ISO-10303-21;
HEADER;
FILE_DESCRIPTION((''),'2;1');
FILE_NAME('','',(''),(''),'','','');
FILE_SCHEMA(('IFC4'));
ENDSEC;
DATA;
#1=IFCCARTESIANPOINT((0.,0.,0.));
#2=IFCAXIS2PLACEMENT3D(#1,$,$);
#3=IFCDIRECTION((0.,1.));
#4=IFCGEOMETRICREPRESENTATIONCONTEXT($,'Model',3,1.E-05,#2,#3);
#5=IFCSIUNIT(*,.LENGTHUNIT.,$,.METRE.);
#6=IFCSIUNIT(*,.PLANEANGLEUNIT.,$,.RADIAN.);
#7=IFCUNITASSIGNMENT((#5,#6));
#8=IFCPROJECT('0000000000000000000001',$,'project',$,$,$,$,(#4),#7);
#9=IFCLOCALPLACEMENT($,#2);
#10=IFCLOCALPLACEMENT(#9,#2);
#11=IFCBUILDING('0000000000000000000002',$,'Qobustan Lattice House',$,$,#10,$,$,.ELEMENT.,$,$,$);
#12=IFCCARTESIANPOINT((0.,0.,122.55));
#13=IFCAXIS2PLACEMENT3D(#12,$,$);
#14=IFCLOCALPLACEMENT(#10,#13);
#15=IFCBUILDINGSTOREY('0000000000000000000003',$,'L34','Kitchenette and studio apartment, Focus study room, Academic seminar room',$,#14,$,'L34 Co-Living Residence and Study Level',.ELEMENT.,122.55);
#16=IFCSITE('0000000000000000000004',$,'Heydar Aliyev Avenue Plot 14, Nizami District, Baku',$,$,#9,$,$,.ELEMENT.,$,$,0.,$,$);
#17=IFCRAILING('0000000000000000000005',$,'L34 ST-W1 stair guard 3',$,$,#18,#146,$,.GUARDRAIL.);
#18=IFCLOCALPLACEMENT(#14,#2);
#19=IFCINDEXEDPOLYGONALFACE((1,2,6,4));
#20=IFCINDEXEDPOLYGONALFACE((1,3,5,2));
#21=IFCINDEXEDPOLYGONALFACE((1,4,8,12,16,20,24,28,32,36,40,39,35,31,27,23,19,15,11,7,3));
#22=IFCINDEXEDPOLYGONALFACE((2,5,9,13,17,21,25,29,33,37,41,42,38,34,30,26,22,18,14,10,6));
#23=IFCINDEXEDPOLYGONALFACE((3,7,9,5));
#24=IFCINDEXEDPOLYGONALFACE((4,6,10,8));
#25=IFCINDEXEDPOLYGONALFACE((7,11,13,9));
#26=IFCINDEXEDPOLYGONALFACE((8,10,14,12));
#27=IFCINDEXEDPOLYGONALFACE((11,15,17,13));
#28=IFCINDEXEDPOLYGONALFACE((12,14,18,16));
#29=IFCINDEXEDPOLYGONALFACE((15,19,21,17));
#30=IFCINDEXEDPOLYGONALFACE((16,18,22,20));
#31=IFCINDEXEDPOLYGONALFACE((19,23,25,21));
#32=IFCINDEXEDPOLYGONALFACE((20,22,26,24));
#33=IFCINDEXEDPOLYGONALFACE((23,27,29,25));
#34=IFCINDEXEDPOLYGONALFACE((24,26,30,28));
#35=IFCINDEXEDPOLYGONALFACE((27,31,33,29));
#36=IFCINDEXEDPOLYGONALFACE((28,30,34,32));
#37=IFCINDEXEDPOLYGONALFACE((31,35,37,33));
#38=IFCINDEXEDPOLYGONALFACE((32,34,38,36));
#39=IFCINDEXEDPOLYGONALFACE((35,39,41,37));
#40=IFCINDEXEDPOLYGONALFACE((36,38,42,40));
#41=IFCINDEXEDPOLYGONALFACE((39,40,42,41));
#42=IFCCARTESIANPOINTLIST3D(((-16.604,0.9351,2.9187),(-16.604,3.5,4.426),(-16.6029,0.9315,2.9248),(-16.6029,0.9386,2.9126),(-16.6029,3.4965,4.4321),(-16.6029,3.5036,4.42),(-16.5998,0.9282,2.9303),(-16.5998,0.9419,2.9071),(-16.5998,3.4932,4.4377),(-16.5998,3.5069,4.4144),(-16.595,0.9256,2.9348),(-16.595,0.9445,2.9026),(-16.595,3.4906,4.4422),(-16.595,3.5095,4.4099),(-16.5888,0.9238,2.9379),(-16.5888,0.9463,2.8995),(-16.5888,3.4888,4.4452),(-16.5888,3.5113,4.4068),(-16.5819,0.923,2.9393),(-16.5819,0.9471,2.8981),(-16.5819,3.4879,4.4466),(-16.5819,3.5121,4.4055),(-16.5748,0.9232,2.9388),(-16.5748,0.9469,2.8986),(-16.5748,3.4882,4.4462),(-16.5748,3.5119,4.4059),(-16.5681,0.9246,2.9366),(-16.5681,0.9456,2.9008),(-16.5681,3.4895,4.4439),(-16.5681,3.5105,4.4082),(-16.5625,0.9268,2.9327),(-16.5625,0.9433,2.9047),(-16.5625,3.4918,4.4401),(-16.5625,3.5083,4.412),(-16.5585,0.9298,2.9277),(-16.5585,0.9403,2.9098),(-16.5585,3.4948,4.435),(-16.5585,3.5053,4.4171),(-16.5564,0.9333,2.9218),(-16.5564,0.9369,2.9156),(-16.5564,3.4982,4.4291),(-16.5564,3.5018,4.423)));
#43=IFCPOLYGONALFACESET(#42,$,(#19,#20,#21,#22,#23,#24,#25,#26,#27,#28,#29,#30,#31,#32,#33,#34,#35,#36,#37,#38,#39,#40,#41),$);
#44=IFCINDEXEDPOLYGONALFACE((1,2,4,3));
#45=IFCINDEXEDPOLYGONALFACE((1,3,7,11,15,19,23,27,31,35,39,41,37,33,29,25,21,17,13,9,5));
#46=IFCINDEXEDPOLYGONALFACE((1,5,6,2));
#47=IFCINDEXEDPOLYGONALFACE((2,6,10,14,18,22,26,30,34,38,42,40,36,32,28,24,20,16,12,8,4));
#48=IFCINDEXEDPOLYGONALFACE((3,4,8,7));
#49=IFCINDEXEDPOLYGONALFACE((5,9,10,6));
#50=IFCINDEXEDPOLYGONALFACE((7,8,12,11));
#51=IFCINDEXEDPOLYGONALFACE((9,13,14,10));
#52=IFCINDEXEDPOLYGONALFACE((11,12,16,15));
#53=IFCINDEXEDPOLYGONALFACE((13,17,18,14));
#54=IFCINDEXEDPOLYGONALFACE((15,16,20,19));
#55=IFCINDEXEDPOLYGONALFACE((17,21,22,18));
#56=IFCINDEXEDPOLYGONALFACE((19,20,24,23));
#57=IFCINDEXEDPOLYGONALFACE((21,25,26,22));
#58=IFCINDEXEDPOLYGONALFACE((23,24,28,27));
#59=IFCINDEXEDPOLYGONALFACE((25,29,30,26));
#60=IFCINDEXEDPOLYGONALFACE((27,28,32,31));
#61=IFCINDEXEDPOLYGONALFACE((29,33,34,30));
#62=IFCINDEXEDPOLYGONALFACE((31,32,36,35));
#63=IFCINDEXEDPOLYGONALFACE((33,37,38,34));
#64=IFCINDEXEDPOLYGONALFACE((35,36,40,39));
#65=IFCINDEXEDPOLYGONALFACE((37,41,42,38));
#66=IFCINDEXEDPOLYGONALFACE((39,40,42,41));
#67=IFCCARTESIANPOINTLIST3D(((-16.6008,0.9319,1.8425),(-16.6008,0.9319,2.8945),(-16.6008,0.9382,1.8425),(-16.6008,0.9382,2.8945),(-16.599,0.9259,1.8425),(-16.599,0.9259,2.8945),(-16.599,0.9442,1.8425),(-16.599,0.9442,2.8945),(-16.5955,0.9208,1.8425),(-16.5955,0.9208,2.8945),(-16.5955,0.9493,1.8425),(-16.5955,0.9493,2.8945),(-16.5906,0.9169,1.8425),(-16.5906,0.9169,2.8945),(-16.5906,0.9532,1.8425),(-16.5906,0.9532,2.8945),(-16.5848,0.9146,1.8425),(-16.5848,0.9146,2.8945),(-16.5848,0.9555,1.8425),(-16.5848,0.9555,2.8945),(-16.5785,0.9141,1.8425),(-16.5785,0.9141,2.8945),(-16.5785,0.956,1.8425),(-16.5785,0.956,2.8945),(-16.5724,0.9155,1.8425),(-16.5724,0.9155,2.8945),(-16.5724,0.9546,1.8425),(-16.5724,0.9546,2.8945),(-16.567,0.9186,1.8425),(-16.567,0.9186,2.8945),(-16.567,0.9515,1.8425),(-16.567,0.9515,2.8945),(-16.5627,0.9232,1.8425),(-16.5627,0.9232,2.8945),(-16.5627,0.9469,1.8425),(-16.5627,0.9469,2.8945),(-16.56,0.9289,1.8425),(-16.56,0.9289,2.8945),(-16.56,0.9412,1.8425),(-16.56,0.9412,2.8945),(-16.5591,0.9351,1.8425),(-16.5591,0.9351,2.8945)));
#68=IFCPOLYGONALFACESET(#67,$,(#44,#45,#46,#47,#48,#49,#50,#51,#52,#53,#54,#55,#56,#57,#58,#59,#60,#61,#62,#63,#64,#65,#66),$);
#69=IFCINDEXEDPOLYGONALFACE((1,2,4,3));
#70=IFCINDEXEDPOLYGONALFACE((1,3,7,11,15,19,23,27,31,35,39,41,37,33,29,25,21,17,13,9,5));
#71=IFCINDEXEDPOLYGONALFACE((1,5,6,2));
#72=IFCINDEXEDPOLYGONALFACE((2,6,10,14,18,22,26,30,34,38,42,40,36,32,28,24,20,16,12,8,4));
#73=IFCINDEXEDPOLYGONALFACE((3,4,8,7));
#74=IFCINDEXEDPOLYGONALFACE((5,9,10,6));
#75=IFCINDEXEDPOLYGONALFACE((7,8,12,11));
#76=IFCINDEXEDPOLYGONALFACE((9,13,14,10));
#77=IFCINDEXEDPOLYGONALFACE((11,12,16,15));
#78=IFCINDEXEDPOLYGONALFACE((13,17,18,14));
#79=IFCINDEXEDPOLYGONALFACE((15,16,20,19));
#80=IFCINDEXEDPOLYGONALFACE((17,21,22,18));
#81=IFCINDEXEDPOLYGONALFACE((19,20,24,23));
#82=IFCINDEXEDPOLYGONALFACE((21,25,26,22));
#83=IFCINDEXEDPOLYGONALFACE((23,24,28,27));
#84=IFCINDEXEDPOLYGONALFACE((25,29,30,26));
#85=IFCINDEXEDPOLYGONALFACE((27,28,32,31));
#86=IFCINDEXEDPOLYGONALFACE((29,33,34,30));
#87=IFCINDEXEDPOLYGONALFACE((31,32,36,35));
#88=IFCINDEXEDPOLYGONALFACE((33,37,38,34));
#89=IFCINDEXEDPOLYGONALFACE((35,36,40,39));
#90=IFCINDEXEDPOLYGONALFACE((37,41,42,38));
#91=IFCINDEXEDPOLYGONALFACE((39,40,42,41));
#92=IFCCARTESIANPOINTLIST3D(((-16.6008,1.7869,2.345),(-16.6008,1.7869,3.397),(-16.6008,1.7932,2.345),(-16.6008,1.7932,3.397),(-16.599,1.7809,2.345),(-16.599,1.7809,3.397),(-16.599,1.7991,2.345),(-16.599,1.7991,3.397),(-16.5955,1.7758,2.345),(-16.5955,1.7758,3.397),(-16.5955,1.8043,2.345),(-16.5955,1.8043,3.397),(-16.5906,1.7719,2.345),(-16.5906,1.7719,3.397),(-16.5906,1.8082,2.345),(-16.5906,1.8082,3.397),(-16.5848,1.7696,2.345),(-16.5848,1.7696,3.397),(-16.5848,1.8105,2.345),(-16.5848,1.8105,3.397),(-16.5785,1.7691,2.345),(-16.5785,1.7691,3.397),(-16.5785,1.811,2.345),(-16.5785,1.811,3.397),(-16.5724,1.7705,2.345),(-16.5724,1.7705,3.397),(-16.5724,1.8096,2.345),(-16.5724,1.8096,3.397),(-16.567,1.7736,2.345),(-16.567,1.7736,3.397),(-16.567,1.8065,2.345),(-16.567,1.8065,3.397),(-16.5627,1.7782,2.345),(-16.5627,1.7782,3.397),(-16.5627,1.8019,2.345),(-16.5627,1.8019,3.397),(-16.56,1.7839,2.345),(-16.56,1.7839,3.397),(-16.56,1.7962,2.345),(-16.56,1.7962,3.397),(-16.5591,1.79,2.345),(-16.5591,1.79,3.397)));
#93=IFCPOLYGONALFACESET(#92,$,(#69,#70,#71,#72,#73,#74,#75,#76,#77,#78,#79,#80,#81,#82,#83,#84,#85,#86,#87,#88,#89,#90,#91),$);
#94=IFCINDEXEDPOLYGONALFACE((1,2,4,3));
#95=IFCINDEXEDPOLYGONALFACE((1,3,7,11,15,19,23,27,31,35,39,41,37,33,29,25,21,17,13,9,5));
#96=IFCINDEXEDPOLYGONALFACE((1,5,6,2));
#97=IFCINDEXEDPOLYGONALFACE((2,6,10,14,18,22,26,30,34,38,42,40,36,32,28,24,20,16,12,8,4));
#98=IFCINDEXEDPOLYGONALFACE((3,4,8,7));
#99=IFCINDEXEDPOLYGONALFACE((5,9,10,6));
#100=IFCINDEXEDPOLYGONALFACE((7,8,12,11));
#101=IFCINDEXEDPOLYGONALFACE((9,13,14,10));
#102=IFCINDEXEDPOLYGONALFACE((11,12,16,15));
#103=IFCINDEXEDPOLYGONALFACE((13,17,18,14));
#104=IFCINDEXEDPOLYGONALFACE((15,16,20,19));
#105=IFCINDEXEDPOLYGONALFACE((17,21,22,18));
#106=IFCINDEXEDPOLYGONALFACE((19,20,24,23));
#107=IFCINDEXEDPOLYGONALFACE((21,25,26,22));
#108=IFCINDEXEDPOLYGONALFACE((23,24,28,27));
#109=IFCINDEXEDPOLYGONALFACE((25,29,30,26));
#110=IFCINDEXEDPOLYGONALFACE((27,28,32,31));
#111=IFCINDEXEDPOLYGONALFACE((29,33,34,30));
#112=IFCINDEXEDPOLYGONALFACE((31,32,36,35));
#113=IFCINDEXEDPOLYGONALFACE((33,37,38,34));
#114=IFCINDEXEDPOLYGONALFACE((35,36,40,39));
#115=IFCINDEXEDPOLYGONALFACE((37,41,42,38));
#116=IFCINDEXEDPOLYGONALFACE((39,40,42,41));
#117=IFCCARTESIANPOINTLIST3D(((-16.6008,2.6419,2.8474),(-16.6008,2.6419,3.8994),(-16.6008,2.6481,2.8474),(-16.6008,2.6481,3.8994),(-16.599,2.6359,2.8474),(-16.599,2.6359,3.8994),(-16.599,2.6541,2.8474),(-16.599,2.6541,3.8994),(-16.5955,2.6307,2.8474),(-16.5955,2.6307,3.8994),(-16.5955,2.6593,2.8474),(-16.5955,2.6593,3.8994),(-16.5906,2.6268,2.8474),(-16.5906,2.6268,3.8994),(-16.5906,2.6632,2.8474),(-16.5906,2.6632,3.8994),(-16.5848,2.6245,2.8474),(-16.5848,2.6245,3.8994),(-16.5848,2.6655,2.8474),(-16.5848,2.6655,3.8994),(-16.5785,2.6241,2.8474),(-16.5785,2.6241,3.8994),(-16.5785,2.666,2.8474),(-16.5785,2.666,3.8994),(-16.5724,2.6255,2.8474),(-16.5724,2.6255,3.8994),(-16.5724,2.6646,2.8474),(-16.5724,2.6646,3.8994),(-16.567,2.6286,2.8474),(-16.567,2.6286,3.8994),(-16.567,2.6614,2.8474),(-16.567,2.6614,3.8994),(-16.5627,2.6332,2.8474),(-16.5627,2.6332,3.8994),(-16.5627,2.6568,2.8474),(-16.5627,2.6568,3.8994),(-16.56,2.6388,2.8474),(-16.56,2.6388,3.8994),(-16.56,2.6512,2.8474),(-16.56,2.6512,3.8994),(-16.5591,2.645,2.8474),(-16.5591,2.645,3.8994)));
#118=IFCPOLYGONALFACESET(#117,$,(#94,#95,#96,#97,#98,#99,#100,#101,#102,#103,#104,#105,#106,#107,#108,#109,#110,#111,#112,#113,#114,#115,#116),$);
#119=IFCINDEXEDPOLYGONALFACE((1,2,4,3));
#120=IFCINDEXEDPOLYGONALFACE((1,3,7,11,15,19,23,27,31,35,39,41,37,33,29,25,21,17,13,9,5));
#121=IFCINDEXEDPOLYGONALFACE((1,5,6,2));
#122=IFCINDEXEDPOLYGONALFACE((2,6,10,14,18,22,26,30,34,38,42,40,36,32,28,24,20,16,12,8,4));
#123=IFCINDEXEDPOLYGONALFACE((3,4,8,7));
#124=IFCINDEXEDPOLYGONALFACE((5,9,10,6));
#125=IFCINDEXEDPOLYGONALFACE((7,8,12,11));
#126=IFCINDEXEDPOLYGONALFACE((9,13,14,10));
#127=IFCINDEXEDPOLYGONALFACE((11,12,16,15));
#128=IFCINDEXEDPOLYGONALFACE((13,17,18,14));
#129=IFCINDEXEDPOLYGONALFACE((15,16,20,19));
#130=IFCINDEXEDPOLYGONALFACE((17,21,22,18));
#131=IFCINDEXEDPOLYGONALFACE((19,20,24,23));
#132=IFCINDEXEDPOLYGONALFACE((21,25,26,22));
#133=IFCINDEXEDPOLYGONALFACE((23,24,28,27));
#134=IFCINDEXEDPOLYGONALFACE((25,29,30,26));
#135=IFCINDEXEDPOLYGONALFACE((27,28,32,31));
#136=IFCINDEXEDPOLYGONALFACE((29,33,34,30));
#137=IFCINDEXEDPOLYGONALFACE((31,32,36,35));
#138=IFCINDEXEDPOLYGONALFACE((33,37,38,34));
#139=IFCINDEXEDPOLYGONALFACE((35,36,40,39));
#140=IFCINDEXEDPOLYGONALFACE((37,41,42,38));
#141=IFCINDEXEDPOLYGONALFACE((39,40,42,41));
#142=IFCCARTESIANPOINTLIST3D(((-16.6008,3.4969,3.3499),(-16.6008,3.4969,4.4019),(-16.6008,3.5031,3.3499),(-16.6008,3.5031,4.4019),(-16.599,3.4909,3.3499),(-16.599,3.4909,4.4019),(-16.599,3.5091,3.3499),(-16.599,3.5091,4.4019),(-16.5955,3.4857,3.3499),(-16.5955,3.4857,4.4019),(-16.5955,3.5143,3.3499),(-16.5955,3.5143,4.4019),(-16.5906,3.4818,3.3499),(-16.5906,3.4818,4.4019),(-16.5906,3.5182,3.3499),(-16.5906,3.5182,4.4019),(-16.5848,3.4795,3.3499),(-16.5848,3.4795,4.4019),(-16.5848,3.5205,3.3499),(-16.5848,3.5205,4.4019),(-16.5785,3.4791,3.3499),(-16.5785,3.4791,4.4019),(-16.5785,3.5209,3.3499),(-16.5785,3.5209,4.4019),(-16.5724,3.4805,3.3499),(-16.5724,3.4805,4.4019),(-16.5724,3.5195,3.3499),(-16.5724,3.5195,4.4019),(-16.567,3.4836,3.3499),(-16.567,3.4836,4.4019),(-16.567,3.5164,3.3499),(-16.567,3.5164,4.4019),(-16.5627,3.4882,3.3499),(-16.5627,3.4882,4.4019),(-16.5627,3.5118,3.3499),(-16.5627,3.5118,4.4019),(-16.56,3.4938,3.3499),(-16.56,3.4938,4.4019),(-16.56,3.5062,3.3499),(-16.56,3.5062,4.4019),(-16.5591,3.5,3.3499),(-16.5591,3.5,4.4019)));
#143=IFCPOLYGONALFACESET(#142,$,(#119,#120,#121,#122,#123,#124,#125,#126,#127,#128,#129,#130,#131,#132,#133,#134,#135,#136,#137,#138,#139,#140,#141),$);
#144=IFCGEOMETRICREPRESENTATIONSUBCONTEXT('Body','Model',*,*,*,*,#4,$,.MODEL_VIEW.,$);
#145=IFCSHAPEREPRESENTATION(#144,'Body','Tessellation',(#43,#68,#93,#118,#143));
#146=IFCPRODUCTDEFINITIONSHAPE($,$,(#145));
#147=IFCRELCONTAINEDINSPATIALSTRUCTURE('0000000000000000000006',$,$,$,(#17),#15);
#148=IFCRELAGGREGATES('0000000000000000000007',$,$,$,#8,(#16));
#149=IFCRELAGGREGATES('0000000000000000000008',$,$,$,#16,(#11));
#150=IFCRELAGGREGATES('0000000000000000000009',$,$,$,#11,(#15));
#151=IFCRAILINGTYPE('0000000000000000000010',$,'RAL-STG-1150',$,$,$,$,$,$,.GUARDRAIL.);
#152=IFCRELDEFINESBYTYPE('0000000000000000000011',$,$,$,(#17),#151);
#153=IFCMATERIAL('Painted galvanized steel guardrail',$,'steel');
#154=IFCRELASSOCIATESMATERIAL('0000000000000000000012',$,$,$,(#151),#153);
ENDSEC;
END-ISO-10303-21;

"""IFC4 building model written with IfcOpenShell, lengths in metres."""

from ifc_helpers import new_model, si_unit, direction, frame, origin, origin_2d, place, context, subcontext, project, spatial, circle, extrude, material, type_object, element, save


model = new_model("IFC4")

# Units and contexts
model_context = context("Model", 3, precision=1e-05, world=origin(), true_north=direction((0.0, 1.0)))
body_context = subcontext(model_context, "Body", "Model", "MODEL_VIEW")
ifc_project = project(units=[si_unit("LENGTHUNIT", "METRE"), si_unit("PLANEANGLEUNIT", "RADIAN")], contexts=[model_context])

# Site, building, storey
site_placement = place(None, origin())
site = spatial("IfcSite", under=ifc_project, at=site_placement, Name="Heydar Aliyev Avenue Plot 14, Nizami District, Baku", CompositionType="ELEMENT", RefElevation=0.0)
building_placement = place(site_placement, origin())
building = spatial("IfcBuilding", under=site, at=building_placement, Name="Qobustan Lattice House", CompositionType="ELEMENT")
storey_placement = place(building_placement, frame((0.0, 0.0, 122.55)))
storey = spatial("IfcBuildingStorey", under=building, at=storey_placement, Name="L34", Description="Kitchenette and studio apartment, Focus study room, Academic seminar room", LongName="L34 Co-Living Residence and Study Level", CompositionType="ELEMENT", Elevation=122.55)

# Railing
ifc_material_1 = material(Name="Painted galvanized steel guardrail", Category="steel")
railing_type_1 = type_object("IfcRailingType", Name="RAL-STG-1150", PredefinedType="GUARDRAIL", material=ifc_material_1)
railing_1_placement = place(storey_placement, frame((-16.5801, 0.9351, 1.8425)))
element("IfcRailing", 1, at=railing_1_placement, inside=storey, type_object=railing_type_1, Name="L34 ST-W1 stair guard 3", PredefinedType="GUARDRAIL", context=body_context, shape_type="SweptSolid", body=[
    extrude(circle(Radius=0.0239, at=origin_2d()), frame((0.0, 0.0, 1.0762), z_axis=(0.0, 0.862149, 0.506654), x_axis=(-1.0, 0.0, 0.0)), (0.0, 0.0, 1.0), 2.9751),
    extrude(circle(Radius=0.021, at=origin_2d()), origin(), (0.0, 0.0, 1.0), 1.052),
    extrude(circle(Radius=0.021, at=origin_2d()), frame((0.0, 0.855, 0.5024)), (0.0, 0.0, 1.0), 1.052),
    extrude(circle(Radius=0.021, at=origin_2d()), frame((0.0, 1.71, 1.0049)), (0.0, 0.0, 1.0), 1.052),
    extrude(circle(Radius=0.021, at=origin_2d()), frame((0.0, 2.5649, 1.5073)), (0.0, 0.0, 1.0), 1.052),
])

save(model, "model.ifc")
